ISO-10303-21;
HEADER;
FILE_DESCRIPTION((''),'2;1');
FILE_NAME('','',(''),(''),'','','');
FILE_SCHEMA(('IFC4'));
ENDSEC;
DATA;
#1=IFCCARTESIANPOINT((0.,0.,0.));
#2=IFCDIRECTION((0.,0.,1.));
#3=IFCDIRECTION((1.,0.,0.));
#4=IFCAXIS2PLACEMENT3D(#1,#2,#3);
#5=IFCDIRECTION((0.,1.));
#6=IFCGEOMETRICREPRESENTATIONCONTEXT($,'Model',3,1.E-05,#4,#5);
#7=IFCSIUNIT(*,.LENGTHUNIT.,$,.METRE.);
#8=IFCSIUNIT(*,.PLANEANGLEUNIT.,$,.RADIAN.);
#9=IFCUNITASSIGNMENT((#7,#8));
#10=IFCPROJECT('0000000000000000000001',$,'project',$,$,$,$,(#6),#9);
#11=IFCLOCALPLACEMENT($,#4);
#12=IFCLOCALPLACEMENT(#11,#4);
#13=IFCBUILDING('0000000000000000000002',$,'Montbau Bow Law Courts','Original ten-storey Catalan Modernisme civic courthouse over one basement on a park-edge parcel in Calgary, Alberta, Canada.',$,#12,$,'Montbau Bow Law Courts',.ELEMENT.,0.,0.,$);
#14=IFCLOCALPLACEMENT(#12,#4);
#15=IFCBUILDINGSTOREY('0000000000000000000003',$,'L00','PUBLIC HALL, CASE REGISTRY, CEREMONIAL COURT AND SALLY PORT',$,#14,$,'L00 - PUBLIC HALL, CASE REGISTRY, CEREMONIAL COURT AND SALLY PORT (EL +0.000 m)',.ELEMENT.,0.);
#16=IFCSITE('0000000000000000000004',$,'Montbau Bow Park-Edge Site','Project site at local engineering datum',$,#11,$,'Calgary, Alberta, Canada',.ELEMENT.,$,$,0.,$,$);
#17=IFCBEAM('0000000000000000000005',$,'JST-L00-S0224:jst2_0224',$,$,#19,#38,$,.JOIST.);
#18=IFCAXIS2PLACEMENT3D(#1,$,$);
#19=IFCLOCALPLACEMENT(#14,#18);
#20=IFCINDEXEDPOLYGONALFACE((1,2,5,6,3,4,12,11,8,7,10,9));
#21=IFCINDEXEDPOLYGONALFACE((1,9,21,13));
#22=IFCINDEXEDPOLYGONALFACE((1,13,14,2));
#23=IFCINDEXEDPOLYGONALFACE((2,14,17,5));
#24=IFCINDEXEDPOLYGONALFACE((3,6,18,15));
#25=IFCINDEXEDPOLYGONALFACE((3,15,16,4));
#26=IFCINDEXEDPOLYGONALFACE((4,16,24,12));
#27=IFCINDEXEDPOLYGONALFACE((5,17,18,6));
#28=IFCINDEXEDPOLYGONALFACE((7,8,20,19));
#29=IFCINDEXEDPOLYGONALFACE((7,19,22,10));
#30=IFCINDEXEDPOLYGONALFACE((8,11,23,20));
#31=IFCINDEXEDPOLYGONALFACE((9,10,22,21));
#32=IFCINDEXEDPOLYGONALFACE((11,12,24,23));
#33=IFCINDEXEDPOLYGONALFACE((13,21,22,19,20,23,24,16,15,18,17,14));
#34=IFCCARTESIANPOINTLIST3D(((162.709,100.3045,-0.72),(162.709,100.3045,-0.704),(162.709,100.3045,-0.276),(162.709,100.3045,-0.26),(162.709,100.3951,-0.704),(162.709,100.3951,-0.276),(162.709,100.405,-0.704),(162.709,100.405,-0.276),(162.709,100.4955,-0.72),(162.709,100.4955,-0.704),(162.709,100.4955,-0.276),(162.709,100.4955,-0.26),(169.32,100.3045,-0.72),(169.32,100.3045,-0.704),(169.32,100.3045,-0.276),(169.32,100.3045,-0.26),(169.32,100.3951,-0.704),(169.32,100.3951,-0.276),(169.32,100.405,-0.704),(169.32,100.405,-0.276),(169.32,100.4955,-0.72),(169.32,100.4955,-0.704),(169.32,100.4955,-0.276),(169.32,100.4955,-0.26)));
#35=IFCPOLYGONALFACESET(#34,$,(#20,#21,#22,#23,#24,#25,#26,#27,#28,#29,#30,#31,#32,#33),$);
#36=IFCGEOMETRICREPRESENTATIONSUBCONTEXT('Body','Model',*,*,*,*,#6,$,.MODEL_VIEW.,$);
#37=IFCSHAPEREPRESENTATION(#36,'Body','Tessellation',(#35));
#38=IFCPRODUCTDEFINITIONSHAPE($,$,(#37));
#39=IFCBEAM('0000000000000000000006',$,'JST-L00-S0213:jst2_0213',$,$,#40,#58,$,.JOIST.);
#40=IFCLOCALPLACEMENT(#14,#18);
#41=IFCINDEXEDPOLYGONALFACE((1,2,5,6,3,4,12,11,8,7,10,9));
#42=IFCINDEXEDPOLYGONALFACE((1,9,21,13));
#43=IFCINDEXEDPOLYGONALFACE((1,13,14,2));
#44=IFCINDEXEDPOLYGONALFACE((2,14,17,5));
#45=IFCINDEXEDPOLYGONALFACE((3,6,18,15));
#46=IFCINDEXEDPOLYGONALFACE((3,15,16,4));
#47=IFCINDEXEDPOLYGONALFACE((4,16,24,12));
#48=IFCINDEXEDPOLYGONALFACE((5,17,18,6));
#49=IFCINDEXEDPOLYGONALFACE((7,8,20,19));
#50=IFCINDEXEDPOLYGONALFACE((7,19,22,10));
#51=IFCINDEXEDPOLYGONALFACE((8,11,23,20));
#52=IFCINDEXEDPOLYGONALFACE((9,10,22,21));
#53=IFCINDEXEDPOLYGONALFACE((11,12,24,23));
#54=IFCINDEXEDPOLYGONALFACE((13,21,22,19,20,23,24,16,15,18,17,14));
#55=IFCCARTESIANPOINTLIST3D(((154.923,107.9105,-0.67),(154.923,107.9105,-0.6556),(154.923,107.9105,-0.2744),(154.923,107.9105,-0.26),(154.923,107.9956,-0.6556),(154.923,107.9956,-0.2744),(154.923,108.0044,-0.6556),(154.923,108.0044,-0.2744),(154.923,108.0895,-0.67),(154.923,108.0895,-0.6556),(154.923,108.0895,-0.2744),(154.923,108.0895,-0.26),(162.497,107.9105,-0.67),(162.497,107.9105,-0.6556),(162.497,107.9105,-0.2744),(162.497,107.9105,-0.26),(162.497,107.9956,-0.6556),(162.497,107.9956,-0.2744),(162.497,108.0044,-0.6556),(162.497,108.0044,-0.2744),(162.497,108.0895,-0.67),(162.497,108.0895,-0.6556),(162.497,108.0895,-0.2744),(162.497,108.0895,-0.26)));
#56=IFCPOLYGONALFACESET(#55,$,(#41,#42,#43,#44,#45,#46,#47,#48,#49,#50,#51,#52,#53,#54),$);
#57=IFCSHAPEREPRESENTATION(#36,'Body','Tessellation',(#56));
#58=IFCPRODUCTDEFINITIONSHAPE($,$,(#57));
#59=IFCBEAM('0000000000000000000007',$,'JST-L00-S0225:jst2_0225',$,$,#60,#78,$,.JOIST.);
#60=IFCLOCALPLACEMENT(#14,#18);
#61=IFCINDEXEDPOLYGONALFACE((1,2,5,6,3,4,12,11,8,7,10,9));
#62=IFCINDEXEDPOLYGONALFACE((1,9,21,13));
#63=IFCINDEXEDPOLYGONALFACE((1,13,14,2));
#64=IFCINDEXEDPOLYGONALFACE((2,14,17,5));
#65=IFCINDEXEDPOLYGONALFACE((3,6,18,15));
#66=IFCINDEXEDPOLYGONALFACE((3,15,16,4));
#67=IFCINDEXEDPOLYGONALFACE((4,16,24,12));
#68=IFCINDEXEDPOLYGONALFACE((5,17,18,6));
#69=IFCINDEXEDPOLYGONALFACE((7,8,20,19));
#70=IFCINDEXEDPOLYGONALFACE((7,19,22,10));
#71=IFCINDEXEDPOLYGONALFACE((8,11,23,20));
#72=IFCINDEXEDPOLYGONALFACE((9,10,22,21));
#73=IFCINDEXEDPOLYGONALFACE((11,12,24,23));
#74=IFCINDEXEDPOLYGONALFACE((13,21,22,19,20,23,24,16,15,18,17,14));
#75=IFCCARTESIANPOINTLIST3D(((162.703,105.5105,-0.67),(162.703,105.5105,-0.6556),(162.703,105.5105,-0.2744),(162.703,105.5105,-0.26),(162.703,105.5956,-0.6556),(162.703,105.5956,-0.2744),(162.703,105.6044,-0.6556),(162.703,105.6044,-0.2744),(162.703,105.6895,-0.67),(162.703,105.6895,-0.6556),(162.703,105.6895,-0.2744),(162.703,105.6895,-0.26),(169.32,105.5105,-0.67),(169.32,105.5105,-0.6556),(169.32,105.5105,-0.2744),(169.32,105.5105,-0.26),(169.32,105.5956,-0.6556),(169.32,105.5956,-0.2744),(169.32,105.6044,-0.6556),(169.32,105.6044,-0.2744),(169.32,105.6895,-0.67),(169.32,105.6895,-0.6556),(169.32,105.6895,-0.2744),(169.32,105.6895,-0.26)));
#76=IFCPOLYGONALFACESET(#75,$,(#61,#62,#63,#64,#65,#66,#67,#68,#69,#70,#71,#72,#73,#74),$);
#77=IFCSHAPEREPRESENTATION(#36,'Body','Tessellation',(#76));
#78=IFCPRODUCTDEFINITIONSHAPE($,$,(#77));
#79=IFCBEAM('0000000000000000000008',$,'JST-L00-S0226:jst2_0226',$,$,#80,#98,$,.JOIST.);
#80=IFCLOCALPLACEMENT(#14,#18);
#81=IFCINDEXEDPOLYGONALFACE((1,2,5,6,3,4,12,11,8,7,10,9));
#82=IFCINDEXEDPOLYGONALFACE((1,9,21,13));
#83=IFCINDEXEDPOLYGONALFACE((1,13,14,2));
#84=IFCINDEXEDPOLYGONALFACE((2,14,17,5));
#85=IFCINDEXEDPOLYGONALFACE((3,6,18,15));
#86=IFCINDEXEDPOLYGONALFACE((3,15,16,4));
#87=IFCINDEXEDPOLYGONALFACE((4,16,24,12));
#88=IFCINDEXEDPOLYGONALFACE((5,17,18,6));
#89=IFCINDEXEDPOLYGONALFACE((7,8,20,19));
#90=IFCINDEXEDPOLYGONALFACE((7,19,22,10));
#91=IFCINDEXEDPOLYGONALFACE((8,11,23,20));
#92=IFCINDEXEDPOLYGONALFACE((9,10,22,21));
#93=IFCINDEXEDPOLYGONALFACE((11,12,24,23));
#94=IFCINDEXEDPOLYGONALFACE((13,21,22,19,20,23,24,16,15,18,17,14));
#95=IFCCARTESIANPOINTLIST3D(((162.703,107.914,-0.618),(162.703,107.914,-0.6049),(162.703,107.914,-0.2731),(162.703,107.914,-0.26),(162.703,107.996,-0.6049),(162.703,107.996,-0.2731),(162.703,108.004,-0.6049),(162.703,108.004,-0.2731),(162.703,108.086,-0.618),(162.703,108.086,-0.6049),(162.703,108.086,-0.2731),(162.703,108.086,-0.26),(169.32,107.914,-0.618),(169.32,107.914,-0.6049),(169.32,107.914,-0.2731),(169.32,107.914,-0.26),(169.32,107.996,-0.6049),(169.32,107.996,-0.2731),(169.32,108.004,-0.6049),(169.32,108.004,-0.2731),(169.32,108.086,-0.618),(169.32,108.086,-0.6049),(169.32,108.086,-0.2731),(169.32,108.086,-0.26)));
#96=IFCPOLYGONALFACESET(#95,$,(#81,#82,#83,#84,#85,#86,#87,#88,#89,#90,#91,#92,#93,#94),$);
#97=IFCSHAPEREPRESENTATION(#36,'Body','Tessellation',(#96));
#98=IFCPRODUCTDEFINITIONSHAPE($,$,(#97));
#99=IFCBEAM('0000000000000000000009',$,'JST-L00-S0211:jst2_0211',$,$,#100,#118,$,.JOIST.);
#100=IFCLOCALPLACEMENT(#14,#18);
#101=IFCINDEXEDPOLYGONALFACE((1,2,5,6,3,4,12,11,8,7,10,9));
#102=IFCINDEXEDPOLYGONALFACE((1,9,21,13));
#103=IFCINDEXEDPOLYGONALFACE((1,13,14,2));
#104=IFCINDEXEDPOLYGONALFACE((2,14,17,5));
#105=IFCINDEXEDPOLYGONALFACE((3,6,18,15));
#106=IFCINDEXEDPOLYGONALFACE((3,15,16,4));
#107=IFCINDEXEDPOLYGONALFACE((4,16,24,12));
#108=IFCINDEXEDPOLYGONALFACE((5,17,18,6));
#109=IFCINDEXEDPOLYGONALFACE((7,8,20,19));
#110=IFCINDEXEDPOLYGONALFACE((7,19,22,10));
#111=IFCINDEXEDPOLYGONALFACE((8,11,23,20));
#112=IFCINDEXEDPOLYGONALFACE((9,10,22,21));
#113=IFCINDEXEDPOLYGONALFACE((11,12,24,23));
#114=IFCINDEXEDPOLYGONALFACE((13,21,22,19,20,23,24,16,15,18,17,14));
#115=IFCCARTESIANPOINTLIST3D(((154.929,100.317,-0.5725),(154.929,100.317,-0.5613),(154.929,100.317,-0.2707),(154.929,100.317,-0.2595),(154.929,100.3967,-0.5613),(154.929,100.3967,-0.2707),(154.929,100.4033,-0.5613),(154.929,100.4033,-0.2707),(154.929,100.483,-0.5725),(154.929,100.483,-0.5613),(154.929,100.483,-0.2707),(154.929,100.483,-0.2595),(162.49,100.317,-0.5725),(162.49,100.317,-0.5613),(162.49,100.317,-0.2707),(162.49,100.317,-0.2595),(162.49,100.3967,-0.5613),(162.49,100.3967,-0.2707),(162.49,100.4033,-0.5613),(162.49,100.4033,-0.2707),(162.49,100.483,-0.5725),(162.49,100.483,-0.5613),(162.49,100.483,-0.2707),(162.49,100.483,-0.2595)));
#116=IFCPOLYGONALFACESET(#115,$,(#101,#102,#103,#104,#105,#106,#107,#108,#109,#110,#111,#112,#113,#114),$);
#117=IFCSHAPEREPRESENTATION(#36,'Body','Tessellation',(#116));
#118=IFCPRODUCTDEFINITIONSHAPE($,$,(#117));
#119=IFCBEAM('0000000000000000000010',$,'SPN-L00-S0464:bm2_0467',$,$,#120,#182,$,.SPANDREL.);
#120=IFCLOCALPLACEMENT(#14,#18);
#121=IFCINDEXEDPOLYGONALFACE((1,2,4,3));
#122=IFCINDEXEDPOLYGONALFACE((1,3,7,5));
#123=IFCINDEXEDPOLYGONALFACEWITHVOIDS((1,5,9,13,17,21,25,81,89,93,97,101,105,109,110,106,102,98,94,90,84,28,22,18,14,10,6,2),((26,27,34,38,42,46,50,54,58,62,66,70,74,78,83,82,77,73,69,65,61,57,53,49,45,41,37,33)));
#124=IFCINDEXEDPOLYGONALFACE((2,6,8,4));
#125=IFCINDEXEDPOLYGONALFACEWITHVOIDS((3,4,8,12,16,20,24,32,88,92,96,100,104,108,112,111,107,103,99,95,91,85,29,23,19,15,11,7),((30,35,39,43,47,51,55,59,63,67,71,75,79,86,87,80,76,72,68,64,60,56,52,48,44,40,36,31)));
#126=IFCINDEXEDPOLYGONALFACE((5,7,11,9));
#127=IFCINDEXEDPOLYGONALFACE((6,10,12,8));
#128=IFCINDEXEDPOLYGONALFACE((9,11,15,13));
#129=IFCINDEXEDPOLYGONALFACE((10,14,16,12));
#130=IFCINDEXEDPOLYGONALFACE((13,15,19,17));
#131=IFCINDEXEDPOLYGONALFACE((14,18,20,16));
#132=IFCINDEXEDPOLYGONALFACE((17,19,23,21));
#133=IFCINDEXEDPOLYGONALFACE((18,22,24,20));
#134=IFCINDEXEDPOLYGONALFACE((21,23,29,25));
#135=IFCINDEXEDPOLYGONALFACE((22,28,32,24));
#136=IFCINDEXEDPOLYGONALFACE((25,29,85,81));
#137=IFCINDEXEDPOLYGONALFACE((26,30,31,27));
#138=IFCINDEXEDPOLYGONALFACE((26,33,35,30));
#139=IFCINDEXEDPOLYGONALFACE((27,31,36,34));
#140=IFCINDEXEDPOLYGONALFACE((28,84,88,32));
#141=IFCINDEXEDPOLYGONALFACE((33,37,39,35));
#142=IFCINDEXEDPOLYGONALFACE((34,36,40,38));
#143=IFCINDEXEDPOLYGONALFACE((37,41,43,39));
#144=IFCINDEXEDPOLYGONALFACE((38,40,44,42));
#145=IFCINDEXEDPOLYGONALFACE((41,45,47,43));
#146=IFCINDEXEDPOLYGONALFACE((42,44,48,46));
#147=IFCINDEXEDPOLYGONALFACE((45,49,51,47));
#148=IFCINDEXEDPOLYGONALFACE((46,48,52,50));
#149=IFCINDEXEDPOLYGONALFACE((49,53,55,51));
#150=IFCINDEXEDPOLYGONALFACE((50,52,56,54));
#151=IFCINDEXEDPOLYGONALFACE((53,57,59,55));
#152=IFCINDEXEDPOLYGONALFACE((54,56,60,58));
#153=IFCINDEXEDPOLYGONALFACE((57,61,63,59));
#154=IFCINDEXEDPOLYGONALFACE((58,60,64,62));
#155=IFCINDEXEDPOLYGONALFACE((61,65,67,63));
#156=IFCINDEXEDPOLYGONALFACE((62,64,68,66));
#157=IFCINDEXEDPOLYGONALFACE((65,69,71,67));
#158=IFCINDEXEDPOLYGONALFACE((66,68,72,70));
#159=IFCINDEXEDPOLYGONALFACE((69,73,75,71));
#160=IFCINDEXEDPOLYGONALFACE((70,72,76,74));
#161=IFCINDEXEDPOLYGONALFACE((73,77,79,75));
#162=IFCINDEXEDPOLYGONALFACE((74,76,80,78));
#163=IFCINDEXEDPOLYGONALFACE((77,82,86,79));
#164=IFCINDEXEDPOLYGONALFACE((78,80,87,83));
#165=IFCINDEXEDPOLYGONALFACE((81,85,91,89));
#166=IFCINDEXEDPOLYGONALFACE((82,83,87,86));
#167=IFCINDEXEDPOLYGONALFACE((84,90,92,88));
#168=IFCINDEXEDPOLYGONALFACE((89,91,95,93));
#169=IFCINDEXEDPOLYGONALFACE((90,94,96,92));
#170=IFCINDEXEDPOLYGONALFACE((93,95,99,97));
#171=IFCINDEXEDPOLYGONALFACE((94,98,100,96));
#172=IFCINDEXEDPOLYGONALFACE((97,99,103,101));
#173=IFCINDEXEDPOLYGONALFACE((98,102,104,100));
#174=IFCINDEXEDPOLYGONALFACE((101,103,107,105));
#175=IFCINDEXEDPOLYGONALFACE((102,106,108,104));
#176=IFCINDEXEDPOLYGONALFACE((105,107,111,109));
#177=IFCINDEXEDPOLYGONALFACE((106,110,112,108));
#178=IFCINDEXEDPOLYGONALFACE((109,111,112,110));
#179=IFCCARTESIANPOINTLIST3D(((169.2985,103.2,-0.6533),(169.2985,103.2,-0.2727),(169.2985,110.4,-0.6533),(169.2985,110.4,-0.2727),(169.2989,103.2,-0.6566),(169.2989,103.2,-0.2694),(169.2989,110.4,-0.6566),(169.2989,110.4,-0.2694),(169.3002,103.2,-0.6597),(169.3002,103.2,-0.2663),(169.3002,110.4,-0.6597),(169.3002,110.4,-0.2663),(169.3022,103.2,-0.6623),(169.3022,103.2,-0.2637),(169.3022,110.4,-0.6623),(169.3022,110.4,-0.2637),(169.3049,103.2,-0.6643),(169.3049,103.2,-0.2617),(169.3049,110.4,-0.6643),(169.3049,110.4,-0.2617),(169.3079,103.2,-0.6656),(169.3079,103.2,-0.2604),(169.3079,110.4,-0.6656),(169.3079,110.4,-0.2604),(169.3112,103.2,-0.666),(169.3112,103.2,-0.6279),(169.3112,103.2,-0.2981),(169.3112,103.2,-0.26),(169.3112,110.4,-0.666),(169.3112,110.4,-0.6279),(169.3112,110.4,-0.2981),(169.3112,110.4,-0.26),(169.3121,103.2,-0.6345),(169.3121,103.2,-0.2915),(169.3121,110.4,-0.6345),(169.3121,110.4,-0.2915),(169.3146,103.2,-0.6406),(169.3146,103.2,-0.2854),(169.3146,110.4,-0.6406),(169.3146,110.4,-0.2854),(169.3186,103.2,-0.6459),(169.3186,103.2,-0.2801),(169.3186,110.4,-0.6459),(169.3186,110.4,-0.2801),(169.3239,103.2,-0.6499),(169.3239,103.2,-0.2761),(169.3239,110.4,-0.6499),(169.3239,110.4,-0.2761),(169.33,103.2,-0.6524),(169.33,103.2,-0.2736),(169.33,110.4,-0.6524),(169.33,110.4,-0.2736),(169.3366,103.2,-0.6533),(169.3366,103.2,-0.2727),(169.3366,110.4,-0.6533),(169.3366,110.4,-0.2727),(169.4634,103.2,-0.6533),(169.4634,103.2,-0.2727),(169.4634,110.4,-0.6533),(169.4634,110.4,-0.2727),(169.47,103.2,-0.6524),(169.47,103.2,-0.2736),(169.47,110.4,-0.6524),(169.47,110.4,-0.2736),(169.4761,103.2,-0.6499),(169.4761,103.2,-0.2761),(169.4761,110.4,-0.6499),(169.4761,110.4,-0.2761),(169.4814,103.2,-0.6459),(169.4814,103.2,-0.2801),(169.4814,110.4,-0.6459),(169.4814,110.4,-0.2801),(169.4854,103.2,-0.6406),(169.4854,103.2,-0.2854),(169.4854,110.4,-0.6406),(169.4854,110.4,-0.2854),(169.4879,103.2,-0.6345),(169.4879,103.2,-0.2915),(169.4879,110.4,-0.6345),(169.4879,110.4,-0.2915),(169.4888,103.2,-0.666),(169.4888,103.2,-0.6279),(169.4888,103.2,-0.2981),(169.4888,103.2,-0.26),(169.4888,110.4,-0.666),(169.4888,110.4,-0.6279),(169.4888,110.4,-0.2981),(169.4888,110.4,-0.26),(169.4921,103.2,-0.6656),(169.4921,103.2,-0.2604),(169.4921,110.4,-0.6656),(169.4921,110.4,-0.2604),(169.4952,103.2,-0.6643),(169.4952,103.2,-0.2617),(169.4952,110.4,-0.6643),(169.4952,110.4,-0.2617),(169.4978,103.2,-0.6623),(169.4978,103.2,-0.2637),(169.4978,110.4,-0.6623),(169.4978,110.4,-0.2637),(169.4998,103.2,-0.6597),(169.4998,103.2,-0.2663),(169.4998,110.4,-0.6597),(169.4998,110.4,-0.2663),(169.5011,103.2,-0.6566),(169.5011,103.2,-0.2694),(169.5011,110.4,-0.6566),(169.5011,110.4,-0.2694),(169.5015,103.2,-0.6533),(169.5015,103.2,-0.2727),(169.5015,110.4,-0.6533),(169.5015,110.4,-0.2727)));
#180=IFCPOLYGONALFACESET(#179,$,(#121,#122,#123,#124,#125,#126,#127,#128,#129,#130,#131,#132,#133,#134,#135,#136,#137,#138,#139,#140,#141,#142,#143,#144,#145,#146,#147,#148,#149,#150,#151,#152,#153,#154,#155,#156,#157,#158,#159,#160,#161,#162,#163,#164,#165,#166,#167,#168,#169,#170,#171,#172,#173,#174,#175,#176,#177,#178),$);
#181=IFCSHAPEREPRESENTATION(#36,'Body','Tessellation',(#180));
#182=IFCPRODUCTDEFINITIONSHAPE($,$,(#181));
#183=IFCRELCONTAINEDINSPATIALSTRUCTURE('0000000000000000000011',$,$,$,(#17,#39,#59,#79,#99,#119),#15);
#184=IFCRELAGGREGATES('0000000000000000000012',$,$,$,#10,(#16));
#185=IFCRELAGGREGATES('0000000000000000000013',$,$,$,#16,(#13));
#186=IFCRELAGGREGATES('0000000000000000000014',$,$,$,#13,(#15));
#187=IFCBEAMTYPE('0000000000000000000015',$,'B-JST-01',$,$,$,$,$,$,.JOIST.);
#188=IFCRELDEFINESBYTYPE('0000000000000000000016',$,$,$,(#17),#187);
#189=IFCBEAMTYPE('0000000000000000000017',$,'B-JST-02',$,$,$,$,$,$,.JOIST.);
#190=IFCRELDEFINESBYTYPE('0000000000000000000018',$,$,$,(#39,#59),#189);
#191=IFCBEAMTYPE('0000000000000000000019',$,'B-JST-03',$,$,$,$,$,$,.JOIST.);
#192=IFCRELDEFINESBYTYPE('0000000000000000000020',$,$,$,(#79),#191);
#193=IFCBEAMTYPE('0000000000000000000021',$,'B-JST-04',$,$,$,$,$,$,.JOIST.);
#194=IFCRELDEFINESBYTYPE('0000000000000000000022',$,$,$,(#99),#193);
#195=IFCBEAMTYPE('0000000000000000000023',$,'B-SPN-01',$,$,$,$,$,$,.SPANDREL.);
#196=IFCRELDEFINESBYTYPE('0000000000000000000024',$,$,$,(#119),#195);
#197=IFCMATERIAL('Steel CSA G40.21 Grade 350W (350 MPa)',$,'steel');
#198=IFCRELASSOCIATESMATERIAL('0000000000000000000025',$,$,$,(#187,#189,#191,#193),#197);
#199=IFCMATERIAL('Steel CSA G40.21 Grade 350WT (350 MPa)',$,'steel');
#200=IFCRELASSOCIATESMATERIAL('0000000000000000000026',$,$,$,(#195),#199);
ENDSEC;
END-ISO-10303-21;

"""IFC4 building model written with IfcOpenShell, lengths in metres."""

from ifc_helpers import new_model, si_unit, direction, frame, origin_with_axes, origin_2d_with_axis, place, context, subcontext, project, spatial, hollow_rectangle, i_section, extrude, material, material_profile, profile_set, type_object, element, save


model = new_model("IFC4")

# Units and contexts
model_context = context("Model", 3, precision=1e-05, world=origin_with_axes(), true_north=direction((0.0, 1.0)))
body_context = subcontext(model_context, "Body", "Model", "MODEL_VIEW")
ifc_project = project(units=[si_unit("LENGTHUNIT", "METRE"), si_unit("PLANEANGLEUNIT", "RADIAN")], contexts=[model_context])

# Site, building, storey
site_placement = place(None, origin_with_axes())
site = spatial("IfcSite", under=ifc_project, at=site_placement, Name="Montbau Bow Park-Edge Site", Description="Project site at local engineering datum", LongName="Calgary, Alberta, Canada", CompositionType="ELEMENT", RefElevation=0.0)
building_placement = place(site_placement, origin_with_axes())
building = spatial("IfcBuilding", under=site, at=building_placement, Name="Montbau Bow Law Courts", Description="Original ten-storey Catalan Modernisme civic courthouse over one basement on a park-edge parcel in Calgary, Alberta, Canada.", LongName="Montbau Bow Law Courts", CompositionType="ELEMENT", ElevationOfRefHeight=0.0, ElevationOfTerrain=0.0)
storey_placement = place(building_placement, origin_with_axes())
storey = spatial("IfcBuildingStorey", under=building, at=storey_placement, Name="L00", Description="PUBLIC HALL, CASE REGISTRY, CEREMONIAL COURT AND SALLY PORT", LongName="L00 - PUBLIC HALL, CASE REGISTRY, CEREMONIAL COURT AND SALLY PORT (EL +0.000 m)", CompositionType="ELEMENT", Elevation=0.0)

# Shared definitions
ifc_material_1 = material(Name="Steel CSA G40.21 Grade 350W (350 MPa)", Category="steel")

# Beams
ifc_material_profile_1 = material_profile(ifc_material_1, i_section(OverallWidth=0.191, OverallDepth=0.46, WebThickness=0.0099, FlangeThickness=0.016, at=origin_2d_with_axis()), Name="W460X82", Category="Main", Priority=0)
ifc_profile_set_1 = profile_set([ifc_material_profile_1], Name="Steel CSA G40.21 Grade 350W (350 MPa)")
beam_type_1 = type_object("IfcBeamType", Name="B-JST-01", PredefinedType="JOIST", material=ifc_profile_set_1)
beam_1_placement = place(None, frame((162.709, 100.4, -0.49), z_axis=(1.0, 0.0, 0.0), x_axis=(0.0, 1.0, 0.0)))
element("IfcBeam", 1, at=beam_1_placement, inside=storey, type_object=beam_type_1, Name="JST-L00-S0224:jst2_0224", PredefinedType="JOIST", context=body_context, shape_type="SweptSolid", body=[
    extrude(i_section(OverallWidth=0.191, OverallDepth=0.46, WebThickness=0.0099, FlangeThickness=0.016, at=origin_2d_with_axis()), origin_with_axes(), (0.0, 0.0, 1.0), 6.611),
])
ifc_material_profile_2 = material_profile(ifc_material_1, i_section(OverallWidth=0.179, OverallDepth=0.41, WebThickness=0.0088, FlangeThickness=0.0144, at=origin_2d_with_axis()), Name="W410X67", Category="Main", Priority=0)
ifc_profile_set_2 = profile_set([ifc_material_profile_2], Name="Steel CSA G40.21 Grade 350W (350 MPa)")
beam_type_2 = type_object("IfcBeamType", Name="B-JST-02", PredefinedType="JOIST", material=ifc_profile_set_2)
beam_2_placement = place(None, frame((154.923, 108.0, -0.465), z_axis=(1.0, 0.0, 0.0), x_axis=(0.0, 1.0, 0.0)))
element("IfcBeam", 2, at=beam_2_placement, inside=storey, type_object=beam_type_2, Name="JST-L00-S0213:jst2_0213", PredefinedType="JOIST", context=body_context, shape_type="SweptSolid", body=[
    extrude(i_section(OverallWidth=0.179, OverallDepth=0.41, WebThickness=0.0088, FlangeThickness=0.0144, at=origin_2d_with_axis()), origin_with_axes(), (0.0, 0.0, 1.0), 7.574),
])
beam_3_placement = place(None, frame((162.703, 105.6, -0.465), z_axis=(1.0, 0.0, 0.0), x_axis=(0.0, 1.0, 0.0)))
element("IfcBeam", 3, at=beam_3_placement, inside=storey, type_object=beam_type_2, Name="JST-L00-S0225:jst2_0225", PredefinedType="JOIST", context=body_context, shape_type="SweptSolid", body=[
    extrude(i_section(OverallWidth=0.179, OverallDepth=0.41, WebThickness=0.0088, FlangeThickness=0.0144, at=origin_2d_with_axis()), origin_with_axes(), (0.0, 0.0, 1.0), 6.617),
])
ifc_material_profile_3 = material_profile(ifc_material_1, i_section(OverallWidth=0.172, OverallDepth=0.358, WebThickness=0.0079, FlangeThickness=0.0131, at=origin_2d_with_axis()), Name="W360X57", Category="Main", Priority=0)
ifc_profile_set_3 = profile_set([ifc_material_profile_3], Name="Steel CSA G40.21 Grade 350W (350 MPa)")
beam_type_3 = type_object("IfcBeamType", Name="B-JST-03", PredefinedType="JOIST", material=ifc_profile_set_3)
beam_4_placement = place(None, frame((162.703, 108.0, -0.439), z_axis=(1.0, 0.0, 0.0), x_axis=(0.0, 1.0, 0.0)))
element("IfcBeam", 4, at=beam_4_placement, inside=storey, type_object=beam_type_3, Name="JST-L00-S0226:jst2_0226", PredefinedType="JOIST", context=body_context, shape_type="SweptSolid", body=[
    extrude(i_section(OverallWidth=0.172, OverallDepth=0.358, WebThickness=0.0079, FlangeThickness=0.0131, at=origin_2d_with_axis()), origin_with_axes(), (0.0, 0.0, 1.0), 6.617),
])
ifc_material_profile_4 = material_profile(ifc_material_1, i_section(OverallWidth=0.166, OverallDepth=0.313, WebThickness=0.0066, FlangeThickness=0.0112, at=origin_2d_with_axis()), Name="W310X45", Category="Main", Priority=0)
ifc_profile_set_4 = profile_set([ifc_material_profile_4], Name="Steel CSA G40.21 Grade 350W (350 MPa)")
beam_type_4 = type_object("IfcBeamType", Name="B-JST-04", PredefinedType="JOIST", material=ifc_profile_set_4)
beam_5_placement = place(None, frame((154.929, 100.4, -0.416), z_axis=(1.0, 0.0, 0.0), x_axis=(0.0, 1.0, 0.0)))
element("IfcBeam", 5, at=beam_5_placement, inside=storey, type_object=beam_type_4, Name="JST-L00-S0211:jst2_0211", PredefinedType="JOIST", context=body_context, shape_type="SweptSolid", body=[
    extrude(i_section(OverallWidth=0.166, OverallDepth=0.313, WebThickness=0.0066, FlangeThickness=0.0112, at=origin_2d_with_axis()), origin_with_axes(), (0.0, 0.0, 1.0), 7.561),
])
ifc_material_2 = material(Name="Steel CSA G40.21 Grade 350WT (350 MPa)", Category="steel")
ifc_material_profile_5 = material_profile(ifc_material_2, hollow_rectangle(XDim=0.203, YDim=0.406, WallThickness=0.0127, InnerFilletRadius=0.0254, OuterFilletRadius=0.0127, at=origin_2d_with_axis()), Name="HSS406X203X13", Category="Main", Priority=0)
ifc_profile_set_5 = profile_set([ifc_material_profile_5], Name="Steel CSA G40.21 Grade 350WT (350 MPa)")
beam_type_5 = type_object("IfcBeamType", Name="B-SPN-01", PredefinedType="SPANDREL", material=ifc_profile_set_5)
beam_6_placement = place(None, frame((169.4, 103.2, -0.463), z_axis=(0.0, 1.0, 0.0), x_axis=(-1.0, 0.0, 0.0)))
element("IfcBeam", 6, at=beam_6_placement, inside=storey, type_object=beam_type_5, Name="SPN-L00-S0464:bm2_0467", PredefinedType="SPANDREL", context=body_context, shape_type="SweptSolid", body=[
    extrude(hollow_rectangle(XDim=0.203, YDim=0.406, WallThickness=0.0127, InnerFilletRadius=0.0254, OuterFilletRadius=0.0127, at=origin_2d_with_axis()), origin_with_axes(), (0.0, 0.0, 1.0), 7.2),
])

save(model, "model.ifc")
